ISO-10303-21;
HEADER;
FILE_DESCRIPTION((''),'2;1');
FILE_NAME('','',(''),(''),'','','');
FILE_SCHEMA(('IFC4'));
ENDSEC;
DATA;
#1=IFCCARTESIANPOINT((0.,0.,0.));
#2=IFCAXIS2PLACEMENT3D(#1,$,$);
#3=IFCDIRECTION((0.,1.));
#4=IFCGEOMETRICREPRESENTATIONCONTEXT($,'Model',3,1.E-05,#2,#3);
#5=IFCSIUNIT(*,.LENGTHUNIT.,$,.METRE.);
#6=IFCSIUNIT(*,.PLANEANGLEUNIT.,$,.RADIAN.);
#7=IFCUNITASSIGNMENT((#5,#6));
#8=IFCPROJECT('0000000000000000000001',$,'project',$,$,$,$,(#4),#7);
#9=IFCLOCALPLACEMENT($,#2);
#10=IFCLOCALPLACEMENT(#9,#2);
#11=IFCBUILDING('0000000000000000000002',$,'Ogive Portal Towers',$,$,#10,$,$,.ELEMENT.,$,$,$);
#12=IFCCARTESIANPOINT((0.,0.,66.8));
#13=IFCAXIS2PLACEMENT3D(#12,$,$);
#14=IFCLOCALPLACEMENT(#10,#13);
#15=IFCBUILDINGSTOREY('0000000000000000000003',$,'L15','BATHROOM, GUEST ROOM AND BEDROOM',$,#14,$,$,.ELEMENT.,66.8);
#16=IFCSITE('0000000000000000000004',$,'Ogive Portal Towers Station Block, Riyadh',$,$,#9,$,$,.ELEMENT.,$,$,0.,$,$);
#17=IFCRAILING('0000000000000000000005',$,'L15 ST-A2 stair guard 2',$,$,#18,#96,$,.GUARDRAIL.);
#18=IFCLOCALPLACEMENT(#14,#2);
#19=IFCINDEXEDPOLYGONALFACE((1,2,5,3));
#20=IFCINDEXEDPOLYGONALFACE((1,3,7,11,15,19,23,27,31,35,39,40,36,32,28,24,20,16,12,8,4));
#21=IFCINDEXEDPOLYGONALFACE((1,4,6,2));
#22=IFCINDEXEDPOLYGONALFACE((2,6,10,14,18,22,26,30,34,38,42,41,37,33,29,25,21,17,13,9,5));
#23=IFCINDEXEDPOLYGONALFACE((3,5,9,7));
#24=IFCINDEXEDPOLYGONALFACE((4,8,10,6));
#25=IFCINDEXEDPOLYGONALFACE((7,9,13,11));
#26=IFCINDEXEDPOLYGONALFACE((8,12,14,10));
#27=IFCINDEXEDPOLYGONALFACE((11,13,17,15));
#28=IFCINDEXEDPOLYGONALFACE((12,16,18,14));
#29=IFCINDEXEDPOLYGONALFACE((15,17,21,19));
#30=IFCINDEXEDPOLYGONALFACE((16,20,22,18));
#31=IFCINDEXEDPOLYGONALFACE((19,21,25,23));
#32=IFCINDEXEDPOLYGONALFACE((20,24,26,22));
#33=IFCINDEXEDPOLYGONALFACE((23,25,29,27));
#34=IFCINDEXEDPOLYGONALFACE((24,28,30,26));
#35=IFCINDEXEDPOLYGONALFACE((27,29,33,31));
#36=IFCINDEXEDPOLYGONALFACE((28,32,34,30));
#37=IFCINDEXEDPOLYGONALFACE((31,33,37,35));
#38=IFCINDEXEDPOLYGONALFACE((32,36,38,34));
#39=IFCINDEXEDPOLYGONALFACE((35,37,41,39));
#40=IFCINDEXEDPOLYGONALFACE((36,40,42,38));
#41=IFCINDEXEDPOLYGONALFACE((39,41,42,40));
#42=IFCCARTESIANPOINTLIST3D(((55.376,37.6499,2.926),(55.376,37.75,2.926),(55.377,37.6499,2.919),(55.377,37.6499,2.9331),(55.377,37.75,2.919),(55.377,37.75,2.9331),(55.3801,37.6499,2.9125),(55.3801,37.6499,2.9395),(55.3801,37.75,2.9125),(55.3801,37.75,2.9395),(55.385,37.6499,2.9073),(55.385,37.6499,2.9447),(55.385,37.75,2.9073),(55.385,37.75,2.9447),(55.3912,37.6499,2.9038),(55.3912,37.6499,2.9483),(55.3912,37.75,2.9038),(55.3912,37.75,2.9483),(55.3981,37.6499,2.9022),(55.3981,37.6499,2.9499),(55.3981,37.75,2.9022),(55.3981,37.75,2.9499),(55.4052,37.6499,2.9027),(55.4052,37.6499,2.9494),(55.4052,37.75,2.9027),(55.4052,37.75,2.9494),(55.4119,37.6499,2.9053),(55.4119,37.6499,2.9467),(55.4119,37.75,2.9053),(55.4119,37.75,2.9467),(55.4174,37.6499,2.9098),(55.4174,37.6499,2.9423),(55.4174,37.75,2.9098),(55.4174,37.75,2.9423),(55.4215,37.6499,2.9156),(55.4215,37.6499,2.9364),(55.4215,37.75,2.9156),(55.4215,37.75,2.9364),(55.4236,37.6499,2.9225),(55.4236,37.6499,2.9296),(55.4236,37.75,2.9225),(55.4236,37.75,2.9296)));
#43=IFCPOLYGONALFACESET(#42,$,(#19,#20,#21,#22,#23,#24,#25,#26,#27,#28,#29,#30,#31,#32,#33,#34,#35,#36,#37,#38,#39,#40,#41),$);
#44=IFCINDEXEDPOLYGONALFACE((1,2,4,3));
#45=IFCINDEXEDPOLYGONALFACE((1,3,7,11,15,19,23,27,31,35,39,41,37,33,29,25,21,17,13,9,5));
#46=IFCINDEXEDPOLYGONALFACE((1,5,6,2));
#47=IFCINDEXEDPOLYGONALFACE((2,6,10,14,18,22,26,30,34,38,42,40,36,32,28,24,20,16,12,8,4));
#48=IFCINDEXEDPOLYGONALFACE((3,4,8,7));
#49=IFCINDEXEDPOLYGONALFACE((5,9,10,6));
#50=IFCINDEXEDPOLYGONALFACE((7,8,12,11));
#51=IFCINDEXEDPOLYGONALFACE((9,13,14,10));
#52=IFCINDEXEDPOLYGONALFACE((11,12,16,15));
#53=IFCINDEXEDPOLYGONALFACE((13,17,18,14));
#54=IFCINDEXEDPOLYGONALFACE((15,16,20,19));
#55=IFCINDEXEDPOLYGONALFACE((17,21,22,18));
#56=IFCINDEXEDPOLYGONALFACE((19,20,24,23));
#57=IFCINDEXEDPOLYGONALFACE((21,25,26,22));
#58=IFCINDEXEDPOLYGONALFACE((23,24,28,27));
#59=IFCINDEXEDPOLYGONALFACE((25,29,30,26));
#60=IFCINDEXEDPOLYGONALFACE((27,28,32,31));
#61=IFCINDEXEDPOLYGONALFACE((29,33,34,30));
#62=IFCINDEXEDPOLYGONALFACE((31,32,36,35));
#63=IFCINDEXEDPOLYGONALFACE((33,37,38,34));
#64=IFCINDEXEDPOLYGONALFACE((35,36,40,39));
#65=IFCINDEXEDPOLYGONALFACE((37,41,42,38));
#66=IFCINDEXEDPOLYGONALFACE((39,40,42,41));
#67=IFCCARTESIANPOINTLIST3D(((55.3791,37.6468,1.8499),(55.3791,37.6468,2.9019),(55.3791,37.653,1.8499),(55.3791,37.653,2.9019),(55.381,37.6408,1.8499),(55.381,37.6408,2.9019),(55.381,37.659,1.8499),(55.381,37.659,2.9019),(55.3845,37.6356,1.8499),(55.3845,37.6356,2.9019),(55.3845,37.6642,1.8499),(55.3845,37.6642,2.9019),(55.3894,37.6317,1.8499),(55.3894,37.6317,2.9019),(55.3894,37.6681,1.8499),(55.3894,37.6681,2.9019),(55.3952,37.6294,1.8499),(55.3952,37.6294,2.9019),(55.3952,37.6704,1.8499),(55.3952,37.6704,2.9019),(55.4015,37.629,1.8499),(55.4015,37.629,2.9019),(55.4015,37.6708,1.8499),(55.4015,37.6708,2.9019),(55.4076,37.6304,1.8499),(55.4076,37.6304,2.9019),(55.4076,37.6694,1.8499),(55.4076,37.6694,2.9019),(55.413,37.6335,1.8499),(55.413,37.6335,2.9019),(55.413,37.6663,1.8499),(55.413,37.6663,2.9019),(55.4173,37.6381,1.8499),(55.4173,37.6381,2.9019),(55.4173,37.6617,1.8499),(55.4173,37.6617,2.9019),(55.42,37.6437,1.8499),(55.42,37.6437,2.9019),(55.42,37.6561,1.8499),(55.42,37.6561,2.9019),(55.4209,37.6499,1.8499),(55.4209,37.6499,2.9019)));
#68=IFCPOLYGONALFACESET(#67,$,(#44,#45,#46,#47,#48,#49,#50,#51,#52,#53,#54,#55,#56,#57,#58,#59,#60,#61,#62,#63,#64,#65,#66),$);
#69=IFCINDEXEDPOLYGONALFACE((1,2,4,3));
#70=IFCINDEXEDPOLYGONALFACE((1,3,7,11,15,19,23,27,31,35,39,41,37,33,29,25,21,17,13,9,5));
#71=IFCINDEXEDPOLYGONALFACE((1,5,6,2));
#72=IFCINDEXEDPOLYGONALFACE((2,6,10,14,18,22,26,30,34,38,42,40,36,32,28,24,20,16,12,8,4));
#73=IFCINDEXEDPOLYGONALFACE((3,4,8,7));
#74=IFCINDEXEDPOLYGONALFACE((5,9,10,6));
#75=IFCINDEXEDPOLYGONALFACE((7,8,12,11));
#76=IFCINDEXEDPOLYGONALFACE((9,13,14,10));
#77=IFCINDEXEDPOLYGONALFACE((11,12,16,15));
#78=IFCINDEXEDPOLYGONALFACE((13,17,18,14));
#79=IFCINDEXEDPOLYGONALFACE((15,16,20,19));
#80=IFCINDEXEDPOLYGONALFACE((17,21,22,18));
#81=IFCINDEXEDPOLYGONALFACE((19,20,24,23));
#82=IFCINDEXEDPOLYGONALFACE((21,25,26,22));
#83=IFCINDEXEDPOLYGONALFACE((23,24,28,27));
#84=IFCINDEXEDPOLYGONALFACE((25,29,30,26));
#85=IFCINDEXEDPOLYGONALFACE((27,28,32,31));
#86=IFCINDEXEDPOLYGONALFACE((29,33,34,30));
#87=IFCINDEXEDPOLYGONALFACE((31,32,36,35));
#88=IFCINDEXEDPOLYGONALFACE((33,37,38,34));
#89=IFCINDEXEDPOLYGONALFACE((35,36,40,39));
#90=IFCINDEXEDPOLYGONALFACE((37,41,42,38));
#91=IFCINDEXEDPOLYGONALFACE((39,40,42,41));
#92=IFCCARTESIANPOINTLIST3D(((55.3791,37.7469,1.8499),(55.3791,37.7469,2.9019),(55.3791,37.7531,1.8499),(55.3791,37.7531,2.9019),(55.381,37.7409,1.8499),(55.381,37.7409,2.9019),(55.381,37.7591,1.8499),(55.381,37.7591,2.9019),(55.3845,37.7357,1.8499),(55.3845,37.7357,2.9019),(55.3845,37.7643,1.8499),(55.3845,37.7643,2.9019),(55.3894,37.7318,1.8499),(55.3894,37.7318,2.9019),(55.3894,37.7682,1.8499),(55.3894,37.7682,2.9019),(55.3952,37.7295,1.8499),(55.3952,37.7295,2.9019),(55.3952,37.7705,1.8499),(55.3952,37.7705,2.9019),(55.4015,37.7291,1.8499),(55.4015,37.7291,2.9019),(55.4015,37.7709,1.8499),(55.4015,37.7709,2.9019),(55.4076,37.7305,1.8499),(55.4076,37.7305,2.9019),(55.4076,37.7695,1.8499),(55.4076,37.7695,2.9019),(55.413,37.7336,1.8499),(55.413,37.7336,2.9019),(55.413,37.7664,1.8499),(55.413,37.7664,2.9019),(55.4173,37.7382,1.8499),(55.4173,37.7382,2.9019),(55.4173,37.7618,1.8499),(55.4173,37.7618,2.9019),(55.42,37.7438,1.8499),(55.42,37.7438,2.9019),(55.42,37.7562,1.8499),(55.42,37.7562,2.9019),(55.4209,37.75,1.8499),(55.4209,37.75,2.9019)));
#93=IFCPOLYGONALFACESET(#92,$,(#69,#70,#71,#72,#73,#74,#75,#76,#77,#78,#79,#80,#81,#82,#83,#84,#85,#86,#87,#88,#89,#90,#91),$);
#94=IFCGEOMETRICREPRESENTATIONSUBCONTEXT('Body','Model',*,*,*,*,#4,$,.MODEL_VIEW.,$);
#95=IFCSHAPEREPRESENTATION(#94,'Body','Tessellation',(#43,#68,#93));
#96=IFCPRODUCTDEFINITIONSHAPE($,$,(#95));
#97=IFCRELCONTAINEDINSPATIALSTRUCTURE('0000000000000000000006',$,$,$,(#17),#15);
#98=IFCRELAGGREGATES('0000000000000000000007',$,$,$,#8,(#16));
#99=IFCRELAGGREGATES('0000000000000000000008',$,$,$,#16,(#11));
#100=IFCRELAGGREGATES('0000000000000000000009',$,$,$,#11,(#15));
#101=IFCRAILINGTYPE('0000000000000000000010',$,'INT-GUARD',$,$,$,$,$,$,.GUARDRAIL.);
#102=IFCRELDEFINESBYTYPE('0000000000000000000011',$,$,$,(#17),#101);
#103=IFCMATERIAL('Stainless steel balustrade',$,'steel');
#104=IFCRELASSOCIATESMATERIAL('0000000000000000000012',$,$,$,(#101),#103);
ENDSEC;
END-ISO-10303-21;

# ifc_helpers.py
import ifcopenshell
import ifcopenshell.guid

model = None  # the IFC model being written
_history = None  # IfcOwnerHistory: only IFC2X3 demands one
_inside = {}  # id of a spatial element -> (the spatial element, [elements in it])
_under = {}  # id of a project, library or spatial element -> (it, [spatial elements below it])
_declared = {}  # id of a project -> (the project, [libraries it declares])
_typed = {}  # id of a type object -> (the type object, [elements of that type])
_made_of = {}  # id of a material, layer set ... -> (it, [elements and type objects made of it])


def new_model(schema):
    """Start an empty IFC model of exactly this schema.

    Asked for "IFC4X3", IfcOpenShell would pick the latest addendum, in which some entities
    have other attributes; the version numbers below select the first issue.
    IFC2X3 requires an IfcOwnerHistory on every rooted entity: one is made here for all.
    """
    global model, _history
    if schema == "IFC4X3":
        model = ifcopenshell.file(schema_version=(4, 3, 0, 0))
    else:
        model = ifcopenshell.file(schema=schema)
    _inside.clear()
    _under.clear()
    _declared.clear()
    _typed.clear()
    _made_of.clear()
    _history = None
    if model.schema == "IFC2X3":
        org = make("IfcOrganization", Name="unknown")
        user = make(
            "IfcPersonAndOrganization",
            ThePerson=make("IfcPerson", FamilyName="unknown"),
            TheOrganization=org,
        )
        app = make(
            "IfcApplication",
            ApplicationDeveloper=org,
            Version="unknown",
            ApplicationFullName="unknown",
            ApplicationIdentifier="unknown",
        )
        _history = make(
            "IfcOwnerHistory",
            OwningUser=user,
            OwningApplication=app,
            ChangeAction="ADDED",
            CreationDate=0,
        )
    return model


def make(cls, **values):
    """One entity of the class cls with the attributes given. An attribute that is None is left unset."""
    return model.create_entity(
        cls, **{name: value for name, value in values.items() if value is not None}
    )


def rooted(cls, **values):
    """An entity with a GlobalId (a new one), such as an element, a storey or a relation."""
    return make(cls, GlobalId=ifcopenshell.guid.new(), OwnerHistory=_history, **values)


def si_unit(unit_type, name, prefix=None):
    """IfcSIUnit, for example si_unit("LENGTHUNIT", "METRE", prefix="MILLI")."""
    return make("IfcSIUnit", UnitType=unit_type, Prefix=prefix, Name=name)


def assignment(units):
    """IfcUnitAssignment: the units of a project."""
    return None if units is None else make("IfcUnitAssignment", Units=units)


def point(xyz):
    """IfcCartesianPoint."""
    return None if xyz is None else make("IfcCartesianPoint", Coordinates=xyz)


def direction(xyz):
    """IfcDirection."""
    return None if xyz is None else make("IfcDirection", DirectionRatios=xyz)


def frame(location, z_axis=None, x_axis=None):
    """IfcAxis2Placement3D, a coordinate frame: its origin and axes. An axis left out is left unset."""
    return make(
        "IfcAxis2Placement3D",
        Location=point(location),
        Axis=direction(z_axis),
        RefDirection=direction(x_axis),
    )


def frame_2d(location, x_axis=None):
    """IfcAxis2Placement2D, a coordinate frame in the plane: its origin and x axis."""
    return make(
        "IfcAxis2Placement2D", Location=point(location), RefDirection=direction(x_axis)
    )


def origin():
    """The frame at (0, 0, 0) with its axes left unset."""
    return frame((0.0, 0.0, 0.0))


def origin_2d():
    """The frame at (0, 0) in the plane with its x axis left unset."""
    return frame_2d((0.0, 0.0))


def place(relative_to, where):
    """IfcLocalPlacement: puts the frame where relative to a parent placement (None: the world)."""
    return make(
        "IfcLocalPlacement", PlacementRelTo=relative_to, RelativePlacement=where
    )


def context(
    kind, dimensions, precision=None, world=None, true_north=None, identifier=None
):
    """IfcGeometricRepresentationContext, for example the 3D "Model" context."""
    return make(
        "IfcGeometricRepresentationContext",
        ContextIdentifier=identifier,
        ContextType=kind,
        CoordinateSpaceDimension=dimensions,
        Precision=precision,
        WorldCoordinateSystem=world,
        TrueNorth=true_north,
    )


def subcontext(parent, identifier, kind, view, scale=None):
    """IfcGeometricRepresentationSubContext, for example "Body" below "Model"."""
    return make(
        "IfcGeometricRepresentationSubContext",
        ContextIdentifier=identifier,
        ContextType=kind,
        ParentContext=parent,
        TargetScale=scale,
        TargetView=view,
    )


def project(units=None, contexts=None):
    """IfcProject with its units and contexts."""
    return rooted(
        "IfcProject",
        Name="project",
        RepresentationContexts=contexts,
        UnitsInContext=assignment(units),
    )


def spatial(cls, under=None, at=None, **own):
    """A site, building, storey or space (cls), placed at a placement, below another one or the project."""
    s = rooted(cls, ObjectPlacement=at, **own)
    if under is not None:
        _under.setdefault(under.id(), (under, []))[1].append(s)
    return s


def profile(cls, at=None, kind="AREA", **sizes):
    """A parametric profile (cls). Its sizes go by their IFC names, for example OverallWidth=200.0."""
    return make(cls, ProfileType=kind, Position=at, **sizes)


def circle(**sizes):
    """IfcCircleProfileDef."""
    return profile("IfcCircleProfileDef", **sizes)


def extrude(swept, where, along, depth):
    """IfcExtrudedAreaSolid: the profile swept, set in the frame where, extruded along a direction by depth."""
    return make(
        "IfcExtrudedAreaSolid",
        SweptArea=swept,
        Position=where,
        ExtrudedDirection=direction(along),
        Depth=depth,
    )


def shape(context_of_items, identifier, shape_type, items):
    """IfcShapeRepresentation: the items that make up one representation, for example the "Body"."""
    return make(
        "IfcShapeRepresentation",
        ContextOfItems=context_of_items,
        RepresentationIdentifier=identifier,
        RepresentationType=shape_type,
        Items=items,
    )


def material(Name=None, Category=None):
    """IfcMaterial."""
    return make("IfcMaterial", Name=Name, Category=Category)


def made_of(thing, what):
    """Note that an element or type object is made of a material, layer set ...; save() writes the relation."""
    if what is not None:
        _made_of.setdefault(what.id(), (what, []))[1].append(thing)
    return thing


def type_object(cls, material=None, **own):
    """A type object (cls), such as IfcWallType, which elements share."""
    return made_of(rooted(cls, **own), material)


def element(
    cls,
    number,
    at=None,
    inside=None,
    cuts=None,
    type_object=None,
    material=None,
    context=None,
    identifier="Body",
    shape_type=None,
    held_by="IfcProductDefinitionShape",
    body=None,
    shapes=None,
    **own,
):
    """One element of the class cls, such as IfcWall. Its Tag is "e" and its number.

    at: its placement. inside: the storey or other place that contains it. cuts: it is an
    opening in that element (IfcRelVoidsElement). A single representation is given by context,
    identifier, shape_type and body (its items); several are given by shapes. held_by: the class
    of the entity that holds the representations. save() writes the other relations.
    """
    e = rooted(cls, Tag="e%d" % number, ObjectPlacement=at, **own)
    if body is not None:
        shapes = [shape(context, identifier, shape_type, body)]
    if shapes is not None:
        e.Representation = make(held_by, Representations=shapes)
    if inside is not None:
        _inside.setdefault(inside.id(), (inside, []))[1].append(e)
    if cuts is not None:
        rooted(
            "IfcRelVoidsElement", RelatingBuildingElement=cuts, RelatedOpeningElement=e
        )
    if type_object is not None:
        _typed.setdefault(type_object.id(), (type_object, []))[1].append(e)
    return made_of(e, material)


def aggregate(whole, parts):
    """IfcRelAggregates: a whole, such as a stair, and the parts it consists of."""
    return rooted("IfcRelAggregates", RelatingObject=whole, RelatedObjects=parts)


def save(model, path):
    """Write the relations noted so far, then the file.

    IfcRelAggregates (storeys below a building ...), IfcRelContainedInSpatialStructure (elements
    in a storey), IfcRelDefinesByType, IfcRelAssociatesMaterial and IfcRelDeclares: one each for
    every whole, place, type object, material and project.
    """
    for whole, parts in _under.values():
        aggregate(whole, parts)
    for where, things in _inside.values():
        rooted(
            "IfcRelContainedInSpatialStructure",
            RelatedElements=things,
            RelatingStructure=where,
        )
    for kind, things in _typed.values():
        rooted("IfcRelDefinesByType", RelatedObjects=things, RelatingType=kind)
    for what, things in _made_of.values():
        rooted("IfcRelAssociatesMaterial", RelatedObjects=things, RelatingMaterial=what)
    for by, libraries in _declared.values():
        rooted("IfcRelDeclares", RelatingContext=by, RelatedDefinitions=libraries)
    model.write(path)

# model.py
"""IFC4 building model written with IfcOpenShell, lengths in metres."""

from ifc_helpers import new_model, si_unit, direction, frame, origin, origin_2d, place, context, subcontext, project, spatial, circle, extrude, material, type_object, element, save


model = new_model("IFC4")

# Units and contexts
model_context = context("Model", 3, precision=1e-05, world=origin(), true_north=direction((0.0, 1.0)))
body_context = subcontext(model_context, "Body", "Model", "MODEL_VIEW")
ifc_project = project(units=[si_unit("LENGTHUNIT", "METRE"), si_unit("PLANEANGLEUNIT", "RADIAN")], contexts=[model_context])

# Site, building, storey
site_placement = place(None, origin())
site = spatial("IfcSite", under=ifc_project, at=site_placement, Name="Ogive Portal Towers Station Block, Riyadh", CompositionType="ELEMENT", RefElevation=0.0)
building_placement = place(site_placement, origin())
building = spatial("IfcBuilding", under=site, at=building_placement, Name="Ogive Portal Towers", CompositionType="ELEMENT")
storey_placement = place(building_placement, frame((0.0, 0.0, 66.8)))
storey = spatial("IfcBuildingStorey", under=building, at=storey_placement, Name="L15", Description="BATHROOM, GUEST ROOM AND BEDROOM", CompositionType="ELEMENT", Elevation=66.8)

# Railing
ifc_material_1 = material(Name="Stainless steel balustrade", Category="steel")
railing_type_1 = type_object("IfcRailingType", Name="INT-GUARD", PredefinedType="GUARDRAIL", material=ifc_material_1)
railing_1_placement = place(storey_placement, frame((55.3999, 37.6499, 1.8499)))
element("IfcRailing", 1, at=railing_1_placement, inside=storey, type_object=railing_type_1, Name="L15 ST-A2 stair guard 2", PredefinedType="GUARDRAIL", context=body_context, shape_type="SweptSolid", body=[
    extrude(circle(Radius=0.0239, at=origin_2d()), frame((0.0, 0.0, 1.0762), z_axis=(0.0, 1.0, 0.0), x_axis=(-1.0, 0.0, 0.0)), (0.0, 0.0, 1.0), 0.1001),
    extrude(circle(Radius=0.021, at=origin_2d()), origin(), (0.0, 0.0, 1.0), 1.052),
    extrude(circle(Radius=0.021, at=origin_2d()), frame((0.0, 0.1001, 0.0)), (0.0, 0.0, 1.0), 1.052),
])

save(model, "model.ifc")
